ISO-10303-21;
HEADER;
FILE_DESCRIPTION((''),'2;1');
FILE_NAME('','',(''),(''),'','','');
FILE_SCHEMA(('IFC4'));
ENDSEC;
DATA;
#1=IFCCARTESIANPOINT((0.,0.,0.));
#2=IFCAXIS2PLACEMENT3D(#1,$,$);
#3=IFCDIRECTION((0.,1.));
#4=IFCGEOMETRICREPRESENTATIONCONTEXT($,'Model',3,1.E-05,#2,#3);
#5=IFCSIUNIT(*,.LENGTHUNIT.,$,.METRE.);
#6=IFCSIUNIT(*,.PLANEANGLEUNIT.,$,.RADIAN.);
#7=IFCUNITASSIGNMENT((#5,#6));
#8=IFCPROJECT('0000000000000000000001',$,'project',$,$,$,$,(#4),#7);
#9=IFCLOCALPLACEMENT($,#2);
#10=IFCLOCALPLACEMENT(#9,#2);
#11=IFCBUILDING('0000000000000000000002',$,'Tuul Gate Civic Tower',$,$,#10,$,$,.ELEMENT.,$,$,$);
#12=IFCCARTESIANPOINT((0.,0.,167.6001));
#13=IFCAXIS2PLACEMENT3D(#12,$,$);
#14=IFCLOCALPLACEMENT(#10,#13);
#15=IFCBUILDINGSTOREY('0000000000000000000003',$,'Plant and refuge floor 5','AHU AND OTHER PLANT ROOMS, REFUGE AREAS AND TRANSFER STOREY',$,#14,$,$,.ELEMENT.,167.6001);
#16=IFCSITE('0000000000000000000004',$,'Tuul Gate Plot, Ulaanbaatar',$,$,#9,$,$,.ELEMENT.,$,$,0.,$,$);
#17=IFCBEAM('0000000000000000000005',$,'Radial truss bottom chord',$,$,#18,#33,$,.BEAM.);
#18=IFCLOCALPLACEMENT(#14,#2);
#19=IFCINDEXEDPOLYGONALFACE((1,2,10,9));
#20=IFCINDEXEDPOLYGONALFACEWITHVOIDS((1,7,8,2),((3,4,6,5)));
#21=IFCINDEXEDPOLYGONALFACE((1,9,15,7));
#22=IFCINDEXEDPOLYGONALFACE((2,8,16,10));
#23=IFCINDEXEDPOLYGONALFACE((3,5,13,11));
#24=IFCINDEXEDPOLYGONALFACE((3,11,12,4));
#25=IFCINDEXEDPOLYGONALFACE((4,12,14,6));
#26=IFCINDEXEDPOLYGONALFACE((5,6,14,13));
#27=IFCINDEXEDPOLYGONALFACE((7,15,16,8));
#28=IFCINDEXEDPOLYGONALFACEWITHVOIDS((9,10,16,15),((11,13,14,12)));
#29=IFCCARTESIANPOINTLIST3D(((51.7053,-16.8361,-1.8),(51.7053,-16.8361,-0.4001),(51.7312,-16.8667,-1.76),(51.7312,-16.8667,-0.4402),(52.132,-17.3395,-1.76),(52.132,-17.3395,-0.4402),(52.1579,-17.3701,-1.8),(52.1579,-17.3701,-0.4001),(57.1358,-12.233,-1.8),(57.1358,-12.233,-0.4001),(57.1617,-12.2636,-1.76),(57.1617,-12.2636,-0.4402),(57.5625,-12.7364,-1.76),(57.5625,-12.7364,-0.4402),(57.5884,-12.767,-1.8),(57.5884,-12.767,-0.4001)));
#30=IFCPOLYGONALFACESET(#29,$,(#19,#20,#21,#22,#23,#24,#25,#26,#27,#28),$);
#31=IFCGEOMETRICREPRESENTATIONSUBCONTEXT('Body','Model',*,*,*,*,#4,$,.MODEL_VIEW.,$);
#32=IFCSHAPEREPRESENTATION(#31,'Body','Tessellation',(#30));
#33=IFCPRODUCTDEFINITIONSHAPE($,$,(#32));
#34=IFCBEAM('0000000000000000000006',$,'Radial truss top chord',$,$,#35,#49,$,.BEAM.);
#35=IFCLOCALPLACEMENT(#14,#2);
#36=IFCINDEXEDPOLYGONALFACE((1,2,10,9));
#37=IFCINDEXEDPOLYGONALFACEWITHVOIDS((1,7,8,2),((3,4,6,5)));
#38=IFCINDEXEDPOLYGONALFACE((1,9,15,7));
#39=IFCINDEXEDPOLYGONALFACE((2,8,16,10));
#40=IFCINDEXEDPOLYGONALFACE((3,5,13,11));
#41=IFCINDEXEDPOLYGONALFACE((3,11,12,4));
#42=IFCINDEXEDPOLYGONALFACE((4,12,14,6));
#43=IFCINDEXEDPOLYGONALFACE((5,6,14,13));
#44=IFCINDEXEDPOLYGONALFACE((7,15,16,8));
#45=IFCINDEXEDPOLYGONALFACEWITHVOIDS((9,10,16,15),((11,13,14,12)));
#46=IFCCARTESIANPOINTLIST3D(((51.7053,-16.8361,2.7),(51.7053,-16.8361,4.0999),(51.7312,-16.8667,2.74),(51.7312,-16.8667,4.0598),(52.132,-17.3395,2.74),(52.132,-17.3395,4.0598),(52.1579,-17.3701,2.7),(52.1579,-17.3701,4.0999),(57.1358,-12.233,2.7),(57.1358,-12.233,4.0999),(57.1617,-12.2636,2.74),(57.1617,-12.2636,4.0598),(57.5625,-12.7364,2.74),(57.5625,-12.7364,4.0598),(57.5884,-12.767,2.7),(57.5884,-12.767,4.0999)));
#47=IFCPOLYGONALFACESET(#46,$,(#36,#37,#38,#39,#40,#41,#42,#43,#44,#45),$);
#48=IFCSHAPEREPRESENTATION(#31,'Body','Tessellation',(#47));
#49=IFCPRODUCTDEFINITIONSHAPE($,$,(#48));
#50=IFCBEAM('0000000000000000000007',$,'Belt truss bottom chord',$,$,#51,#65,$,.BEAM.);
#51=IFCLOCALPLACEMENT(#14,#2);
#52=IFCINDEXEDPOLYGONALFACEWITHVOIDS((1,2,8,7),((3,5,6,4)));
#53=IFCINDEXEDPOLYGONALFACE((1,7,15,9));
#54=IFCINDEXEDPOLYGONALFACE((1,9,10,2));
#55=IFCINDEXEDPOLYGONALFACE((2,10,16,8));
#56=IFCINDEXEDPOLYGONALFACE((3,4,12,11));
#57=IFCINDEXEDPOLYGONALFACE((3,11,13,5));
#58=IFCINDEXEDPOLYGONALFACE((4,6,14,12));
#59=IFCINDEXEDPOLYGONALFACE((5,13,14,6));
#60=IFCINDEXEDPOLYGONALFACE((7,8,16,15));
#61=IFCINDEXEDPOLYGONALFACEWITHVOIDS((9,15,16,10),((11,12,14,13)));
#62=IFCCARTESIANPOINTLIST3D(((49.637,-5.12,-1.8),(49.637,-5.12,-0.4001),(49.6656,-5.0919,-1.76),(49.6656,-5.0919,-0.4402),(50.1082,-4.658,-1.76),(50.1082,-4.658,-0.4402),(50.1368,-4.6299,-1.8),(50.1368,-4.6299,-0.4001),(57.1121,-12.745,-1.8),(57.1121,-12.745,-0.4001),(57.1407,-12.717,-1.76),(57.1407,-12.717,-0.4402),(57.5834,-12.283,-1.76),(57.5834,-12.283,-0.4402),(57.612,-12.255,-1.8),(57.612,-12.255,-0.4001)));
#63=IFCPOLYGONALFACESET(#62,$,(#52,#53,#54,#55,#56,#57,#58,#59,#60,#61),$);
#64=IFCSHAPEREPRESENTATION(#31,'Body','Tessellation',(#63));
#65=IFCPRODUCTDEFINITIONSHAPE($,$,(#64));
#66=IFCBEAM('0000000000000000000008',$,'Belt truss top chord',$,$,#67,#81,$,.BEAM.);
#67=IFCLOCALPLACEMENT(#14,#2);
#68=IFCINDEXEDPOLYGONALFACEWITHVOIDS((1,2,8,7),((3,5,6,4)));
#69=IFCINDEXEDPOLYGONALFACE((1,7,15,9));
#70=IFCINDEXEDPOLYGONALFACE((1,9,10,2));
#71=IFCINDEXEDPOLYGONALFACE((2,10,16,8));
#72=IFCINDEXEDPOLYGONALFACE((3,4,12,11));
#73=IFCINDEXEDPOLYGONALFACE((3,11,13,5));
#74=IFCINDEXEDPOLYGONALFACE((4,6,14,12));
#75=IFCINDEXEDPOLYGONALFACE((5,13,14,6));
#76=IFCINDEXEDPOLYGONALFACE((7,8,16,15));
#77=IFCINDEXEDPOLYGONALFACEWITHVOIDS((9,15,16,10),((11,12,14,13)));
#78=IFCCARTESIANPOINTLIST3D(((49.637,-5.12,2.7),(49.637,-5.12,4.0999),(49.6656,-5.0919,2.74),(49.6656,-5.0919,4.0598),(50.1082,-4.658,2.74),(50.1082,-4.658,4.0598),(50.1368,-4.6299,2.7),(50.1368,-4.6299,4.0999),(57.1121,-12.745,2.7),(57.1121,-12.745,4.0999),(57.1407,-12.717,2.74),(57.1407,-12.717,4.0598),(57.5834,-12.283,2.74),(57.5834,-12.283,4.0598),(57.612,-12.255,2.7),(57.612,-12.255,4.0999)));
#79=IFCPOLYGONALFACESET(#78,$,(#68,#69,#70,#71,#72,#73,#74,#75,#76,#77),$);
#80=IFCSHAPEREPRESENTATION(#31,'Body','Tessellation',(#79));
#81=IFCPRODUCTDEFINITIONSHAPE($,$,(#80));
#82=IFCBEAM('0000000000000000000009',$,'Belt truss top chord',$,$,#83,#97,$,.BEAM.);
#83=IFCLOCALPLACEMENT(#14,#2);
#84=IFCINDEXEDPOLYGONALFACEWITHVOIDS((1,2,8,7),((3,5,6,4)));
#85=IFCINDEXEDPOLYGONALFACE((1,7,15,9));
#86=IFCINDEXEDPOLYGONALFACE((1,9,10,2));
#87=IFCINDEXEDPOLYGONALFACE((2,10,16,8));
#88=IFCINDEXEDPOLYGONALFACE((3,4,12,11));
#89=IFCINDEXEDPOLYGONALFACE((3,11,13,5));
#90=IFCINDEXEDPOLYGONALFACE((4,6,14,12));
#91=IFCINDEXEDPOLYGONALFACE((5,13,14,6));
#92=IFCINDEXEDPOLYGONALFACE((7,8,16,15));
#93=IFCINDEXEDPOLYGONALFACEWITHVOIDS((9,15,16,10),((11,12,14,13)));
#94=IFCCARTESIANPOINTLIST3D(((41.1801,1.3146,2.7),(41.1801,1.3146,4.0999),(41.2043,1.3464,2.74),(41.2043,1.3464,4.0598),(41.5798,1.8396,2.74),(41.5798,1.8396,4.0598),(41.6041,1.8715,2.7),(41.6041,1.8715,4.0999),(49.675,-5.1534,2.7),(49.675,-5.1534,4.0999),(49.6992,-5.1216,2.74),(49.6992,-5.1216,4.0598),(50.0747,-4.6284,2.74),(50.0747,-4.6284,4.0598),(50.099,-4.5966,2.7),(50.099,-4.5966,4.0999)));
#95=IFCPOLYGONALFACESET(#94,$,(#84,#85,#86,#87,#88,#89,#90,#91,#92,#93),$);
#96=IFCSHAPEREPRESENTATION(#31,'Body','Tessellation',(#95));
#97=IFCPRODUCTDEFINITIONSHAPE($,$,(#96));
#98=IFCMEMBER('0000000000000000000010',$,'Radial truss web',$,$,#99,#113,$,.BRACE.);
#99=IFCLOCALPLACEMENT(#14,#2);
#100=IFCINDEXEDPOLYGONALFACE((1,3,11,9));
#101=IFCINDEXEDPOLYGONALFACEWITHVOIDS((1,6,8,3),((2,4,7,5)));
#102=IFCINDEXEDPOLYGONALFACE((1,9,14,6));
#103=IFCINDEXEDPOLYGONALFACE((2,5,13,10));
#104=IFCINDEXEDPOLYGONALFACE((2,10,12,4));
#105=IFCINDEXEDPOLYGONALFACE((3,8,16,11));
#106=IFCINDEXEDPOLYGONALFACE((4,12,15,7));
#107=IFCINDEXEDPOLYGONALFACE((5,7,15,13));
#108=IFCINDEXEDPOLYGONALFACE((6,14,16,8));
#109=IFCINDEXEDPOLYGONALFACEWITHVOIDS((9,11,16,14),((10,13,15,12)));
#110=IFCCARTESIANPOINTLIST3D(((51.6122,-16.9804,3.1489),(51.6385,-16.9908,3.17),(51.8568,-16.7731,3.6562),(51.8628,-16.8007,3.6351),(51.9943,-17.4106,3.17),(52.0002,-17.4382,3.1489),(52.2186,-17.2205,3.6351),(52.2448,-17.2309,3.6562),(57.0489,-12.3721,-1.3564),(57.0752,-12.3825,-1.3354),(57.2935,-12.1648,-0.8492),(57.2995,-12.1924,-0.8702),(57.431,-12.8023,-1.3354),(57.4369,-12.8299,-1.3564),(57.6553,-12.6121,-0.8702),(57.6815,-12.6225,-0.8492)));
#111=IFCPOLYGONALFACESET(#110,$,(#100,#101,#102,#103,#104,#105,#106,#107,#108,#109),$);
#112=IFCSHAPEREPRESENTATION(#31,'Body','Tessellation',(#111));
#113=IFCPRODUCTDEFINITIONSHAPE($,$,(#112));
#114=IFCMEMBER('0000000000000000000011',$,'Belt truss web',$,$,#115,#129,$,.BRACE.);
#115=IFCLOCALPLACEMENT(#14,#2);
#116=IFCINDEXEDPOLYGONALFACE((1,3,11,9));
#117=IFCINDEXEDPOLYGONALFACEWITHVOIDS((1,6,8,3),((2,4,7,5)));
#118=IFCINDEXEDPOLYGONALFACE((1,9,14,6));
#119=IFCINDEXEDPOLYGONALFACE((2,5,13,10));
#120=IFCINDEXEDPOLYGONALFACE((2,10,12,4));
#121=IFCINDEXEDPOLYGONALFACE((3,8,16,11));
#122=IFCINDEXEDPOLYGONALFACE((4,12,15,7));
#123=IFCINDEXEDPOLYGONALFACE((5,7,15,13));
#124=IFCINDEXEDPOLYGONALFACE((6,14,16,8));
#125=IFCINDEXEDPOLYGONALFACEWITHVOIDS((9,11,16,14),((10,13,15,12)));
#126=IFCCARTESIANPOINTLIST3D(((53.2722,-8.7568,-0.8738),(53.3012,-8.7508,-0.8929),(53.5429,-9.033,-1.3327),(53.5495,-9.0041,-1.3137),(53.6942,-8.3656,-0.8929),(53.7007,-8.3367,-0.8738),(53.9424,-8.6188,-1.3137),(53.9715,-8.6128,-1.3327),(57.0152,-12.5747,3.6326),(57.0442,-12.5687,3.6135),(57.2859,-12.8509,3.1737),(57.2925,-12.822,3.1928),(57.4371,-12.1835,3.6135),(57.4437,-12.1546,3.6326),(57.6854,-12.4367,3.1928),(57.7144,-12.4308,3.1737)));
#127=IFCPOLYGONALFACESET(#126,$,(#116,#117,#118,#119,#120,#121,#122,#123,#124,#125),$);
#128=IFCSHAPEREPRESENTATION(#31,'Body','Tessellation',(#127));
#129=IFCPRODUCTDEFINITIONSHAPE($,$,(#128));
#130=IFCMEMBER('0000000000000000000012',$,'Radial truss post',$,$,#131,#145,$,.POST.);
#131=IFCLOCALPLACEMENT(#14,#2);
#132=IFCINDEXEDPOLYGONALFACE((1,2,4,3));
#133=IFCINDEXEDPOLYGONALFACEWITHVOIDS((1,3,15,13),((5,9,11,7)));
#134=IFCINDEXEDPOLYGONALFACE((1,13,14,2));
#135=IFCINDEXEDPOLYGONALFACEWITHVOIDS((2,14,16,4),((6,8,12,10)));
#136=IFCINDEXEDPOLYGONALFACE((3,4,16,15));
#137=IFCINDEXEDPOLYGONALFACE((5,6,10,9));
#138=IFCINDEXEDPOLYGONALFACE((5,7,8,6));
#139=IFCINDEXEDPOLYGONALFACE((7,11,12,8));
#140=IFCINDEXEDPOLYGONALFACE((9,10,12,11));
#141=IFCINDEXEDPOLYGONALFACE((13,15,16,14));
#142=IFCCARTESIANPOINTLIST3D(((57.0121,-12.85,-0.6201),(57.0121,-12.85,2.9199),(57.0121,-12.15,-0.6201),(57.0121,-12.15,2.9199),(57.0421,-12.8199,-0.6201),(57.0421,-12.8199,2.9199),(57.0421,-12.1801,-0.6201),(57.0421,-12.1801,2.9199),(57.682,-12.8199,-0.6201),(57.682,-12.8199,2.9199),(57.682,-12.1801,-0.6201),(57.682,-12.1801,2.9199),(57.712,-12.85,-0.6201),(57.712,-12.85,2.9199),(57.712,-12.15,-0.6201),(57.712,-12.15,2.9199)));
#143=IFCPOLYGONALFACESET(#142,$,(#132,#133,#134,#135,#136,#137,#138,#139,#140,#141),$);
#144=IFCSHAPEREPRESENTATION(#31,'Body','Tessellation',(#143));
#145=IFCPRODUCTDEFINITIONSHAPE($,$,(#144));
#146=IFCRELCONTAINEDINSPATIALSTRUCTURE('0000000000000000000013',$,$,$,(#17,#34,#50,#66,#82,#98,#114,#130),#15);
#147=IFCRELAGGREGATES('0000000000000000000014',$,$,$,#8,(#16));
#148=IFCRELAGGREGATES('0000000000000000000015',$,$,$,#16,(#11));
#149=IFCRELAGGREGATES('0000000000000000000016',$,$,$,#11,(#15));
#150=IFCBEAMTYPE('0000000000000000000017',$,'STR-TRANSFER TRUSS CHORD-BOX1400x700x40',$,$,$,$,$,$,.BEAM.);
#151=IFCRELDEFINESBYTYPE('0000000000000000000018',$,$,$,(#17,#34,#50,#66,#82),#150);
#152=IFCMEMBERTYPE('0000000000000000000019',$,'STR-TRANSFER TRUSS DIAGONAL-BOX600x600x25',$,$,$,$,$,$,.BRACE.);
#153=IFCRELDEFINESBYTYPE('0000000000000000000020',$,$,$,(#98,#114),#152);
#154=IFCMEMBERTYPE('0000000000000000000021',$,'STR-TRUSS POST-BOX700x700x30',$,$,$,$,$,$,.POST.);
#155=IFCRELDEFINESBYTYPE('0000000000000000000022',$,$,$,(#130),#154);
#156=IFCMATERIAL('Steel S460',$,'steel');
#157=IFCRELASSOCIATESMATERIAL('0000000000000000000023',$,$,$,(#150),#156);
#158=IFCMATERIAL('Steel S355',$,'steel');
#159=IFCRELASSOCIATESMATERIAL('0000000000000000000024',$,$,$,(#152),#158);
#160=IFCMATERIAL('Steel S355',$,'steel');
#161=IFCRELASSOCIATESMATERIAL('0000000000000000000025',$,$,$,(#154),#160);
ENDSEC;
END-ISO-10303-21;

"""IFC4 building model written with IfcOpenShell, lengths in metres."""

from ifc_helpers import new_model, si_unit, direction, frame, origin, origin_2d, place, context, subcontext, project, spatial, hollow_rectangle, extrude, material, material_profile, profile_set, type_object, element, save


model = new_model("IFC4")

# Units and contexts
model_context = context("Model", 3, precision=1e-05, world=origin(), true_north=direction((0.0, 1.0)))
body_context = subcontext(model_context, "Body", "Model", "MODEL_VIEW")
ifc_project = project(units=[si_unit("LENGTHUNIT", "METRE"), si_unit("PLANEANGLEUNIT", "RADIAN")], contexts=[model_context])

# Site, building, storey
site_placement = place(None, origin())
site = spatial("IfcSite", under=ifc_project, at=site_placement, Name="Tuul Gate Plot, Ulaanbaatar", CompositionType="ELEMENT", RefElevation=0.0)
building_placement = place(site_placement, origin())
building = spatial("IfcBuilding", under=site, at=building_placement, Name="Tuul Gate Civic Tower", CompositionType="ELEMENT")
storey_placement = place(building_placement, frame((0.0, 0.0, 167.6001)))
storey = spatial("IfcBuildingStorey", under=building, at=storey_placement, Name="Plant and refuge floor 5", Description="AHU AND OTHER PLANT ROOMS, REFUGE AREAS AND TRANSFER STOREY", CompositionType="ELEMENT", Elevation=167.6001)

# Beams
ifc_material_1 = material(Name="Steel S460", Category="steel")
ifc_material_profile_1 = material_profile(ifc_material_1, hollow_rectangle(XDim=0.7, YDim=1.3999, WallThickness=0.04, at=origin_2d()), Name="BOX1400x700x40")
ifc_profile_set_1 = profile_set([ifc_material_profile_1], Name="Steel S460")
beam_type = type_object("IfcBeamType", Name="STR-TRANSFER TRUSS CHORD-BOX1400x700x40", PredefinedType="BEAM", material=ifc_profile_set_1)
for number, where, z_axis, x_axis, name in (
    (1, (57.3621, -12.5, -1.1001), (-0.762828, -0.646602, 0.0), (0.646602, -0.762828, 0.0), "Radial truss bottom chord"),
    (2, (57.3621, -12.5, 3.3999), (-0.762828, -0.646602, 0.0), (0.646602, -0.762828, 0.0), "Radial truss top chord"),
):
    element("IfcBeam", number, at=place(storey_placement, frame(where, z_axis=z_axis, x_axis=x_axis)), inside=storey, type_object=beam_type, Name=name, PredefinedType="BEAM", context=body_context, shape_type="SweptSolid", body=[
        extrude(hollow_rectangle(XDim=0.7, YDim=1.3999, WallThickness=0.04, at=origin_2d()), origin(), (0.0, 0.0, 1.0), 7.1189),
    ])
for number, where, z_axis, x_axis, name in (
    (3, (57.3621, -12.5, -1.1001), (-0.700053, 0.714091, 0.0), (-0.714091, -0.700053, 0.0), "Belt truss bottom chord"),
    (4, (57.3621, -12.5, 3.3999), (-0.700053, 0.714091, 0.0), (-0.714091, -0.700053, 0.0), "Belt truss top chord"),
):
    element("IfcBeam", number, at=place(storey_placement, frame(where, z_axis=z_axis, x_axis=x_axis)), inside=storey, type_object=beam_type, Name=name, PredefinedType="BEAM", context=body_context, shape_type="SweptSolid", body=[
        extrude(hollow_rectangle(XDim=0.7, YDim=1.3999, WallThickness=0.04, at=origin_2d()), origin(), (0.0, 0.0, 1.0), 10.678),
    ])
beam_placement = place(storey_placement, frame((49.887, -4.875, 3.3999), z_axis=(-0.795624, 0.60579, 0.0), x_axis=(-0.60579, -0.795624, 0.0)))
element("IfcBeam", 5, at=beam_placement, inside=storey, type_object=beam_type, Name="Belt truss top chord", PredefinedType="BEAM", context=body_context, shape_type="SweptSolid", body=[
    extrude(hollow_rectangle(XDim=0.7, YDim=1.3999, WallThickness=0.04, at=origin_2d()), origin(), (0.0, 0.0, 1.0), 10.677),
])

# Members
ifc_material_2 = material(Name="Steel S355", Category="steel")
ifc_material_profile_2 = material_profile(ifc_material_2, hollow_rectangle(XDim=0.6001, YDim=0.6001, WallThickness=0.0249, at=origin_2d()), Name="BOX600x600x25")
ifc_profile_set_2 = profile_set([ifc_material_profile_2], Name="Steel S355")
member_type_1 = type_object("IfcMemberType", Name="STR-TRANSFER TRUSS DIAGONAL-BOX600x600x25", PredefinedType="BRACE", material=ifc_profile_set_2)
member_1_placement = place(storey_placement, frame((57.3652, -12.4973, -1.1028), z_axis=(-0.644798, -0.546554, 0.534335), x_axis=(0.646601, -0.762829, 0.0)))
element("IfcMember", 6, at=member_1_placement, inside=storey, type_object=member_type_1, Name="Radial truss web", PredefinedType="BRACE", context=body_context, shape_type="SweptSolid", body=[
    extrude(hollow_rectangle(XDim=0.6001, YDim=0.6001, WallThickness=0.0249, at=origin_2d()), origin(), (0.0, 0.0, 1.0), 8.4316),
])
member_2_placement = place(storey_placement, frame((53.6218, -8.6848, -1.1033), z_axis=(0.535289, -0.546008, 0.64447), x_axis=(0.714081, 0.700063, 0.0)))
element("IfcMember", 7, at=member_2_placement, inside=storey, type_object=member_type_1, Name="Belt truss web", PredefinedType="BRACE", context=body_context, shape_type="SweptSolid", body=[
    extrude(hollow_rectangle(XDim=0.6001, YDim=0.6001, WallThickness=0.0249, at=origin_2d()), origin(), (0.0, 0.0, 1.0), 6.9924),
])
ifc_material_3 = material(Name="Steel S355", Category="steel")
ifc_material_profile_3 = material_profile(ifc_material_3, hollow_rectangle(XDim=0.7, YDim=0.7, WallThickness=0.03, at=origin_2d()), Name="BOX700x700x30")
ifc_profile_set_3 = profile_set([ifc_material_profile_3], Name="Steel S355")
member_type_2 = type_object("IfcMemberType", Name="STR-TRUSS POST-BOX700x700x30", PredefinedType="POST", material=ifc_profile_set_3)
member_3_placement = place(storey_placement, frame((57.3621, -12.5, -0.6201), z_axis=(0.0, 0.0, 1.0), x_axis=(1.0, 0.0, 0.0)))
element("IfcMember", 8, at=member_3_placement, inside=storey, type_object=member_type_2, Name="Radial truss post", PredefinedType="POST", context=body_context, shape_type="SweptSolid", body=[
    extrude(hollow_rectangle(XDim=0.7, YDim=0.7, WallThickness=0.03, at=origin_2d()), origin(), (0.0, 0.0, 1.0), 3.54),
])

save(model, "model.ifc")
